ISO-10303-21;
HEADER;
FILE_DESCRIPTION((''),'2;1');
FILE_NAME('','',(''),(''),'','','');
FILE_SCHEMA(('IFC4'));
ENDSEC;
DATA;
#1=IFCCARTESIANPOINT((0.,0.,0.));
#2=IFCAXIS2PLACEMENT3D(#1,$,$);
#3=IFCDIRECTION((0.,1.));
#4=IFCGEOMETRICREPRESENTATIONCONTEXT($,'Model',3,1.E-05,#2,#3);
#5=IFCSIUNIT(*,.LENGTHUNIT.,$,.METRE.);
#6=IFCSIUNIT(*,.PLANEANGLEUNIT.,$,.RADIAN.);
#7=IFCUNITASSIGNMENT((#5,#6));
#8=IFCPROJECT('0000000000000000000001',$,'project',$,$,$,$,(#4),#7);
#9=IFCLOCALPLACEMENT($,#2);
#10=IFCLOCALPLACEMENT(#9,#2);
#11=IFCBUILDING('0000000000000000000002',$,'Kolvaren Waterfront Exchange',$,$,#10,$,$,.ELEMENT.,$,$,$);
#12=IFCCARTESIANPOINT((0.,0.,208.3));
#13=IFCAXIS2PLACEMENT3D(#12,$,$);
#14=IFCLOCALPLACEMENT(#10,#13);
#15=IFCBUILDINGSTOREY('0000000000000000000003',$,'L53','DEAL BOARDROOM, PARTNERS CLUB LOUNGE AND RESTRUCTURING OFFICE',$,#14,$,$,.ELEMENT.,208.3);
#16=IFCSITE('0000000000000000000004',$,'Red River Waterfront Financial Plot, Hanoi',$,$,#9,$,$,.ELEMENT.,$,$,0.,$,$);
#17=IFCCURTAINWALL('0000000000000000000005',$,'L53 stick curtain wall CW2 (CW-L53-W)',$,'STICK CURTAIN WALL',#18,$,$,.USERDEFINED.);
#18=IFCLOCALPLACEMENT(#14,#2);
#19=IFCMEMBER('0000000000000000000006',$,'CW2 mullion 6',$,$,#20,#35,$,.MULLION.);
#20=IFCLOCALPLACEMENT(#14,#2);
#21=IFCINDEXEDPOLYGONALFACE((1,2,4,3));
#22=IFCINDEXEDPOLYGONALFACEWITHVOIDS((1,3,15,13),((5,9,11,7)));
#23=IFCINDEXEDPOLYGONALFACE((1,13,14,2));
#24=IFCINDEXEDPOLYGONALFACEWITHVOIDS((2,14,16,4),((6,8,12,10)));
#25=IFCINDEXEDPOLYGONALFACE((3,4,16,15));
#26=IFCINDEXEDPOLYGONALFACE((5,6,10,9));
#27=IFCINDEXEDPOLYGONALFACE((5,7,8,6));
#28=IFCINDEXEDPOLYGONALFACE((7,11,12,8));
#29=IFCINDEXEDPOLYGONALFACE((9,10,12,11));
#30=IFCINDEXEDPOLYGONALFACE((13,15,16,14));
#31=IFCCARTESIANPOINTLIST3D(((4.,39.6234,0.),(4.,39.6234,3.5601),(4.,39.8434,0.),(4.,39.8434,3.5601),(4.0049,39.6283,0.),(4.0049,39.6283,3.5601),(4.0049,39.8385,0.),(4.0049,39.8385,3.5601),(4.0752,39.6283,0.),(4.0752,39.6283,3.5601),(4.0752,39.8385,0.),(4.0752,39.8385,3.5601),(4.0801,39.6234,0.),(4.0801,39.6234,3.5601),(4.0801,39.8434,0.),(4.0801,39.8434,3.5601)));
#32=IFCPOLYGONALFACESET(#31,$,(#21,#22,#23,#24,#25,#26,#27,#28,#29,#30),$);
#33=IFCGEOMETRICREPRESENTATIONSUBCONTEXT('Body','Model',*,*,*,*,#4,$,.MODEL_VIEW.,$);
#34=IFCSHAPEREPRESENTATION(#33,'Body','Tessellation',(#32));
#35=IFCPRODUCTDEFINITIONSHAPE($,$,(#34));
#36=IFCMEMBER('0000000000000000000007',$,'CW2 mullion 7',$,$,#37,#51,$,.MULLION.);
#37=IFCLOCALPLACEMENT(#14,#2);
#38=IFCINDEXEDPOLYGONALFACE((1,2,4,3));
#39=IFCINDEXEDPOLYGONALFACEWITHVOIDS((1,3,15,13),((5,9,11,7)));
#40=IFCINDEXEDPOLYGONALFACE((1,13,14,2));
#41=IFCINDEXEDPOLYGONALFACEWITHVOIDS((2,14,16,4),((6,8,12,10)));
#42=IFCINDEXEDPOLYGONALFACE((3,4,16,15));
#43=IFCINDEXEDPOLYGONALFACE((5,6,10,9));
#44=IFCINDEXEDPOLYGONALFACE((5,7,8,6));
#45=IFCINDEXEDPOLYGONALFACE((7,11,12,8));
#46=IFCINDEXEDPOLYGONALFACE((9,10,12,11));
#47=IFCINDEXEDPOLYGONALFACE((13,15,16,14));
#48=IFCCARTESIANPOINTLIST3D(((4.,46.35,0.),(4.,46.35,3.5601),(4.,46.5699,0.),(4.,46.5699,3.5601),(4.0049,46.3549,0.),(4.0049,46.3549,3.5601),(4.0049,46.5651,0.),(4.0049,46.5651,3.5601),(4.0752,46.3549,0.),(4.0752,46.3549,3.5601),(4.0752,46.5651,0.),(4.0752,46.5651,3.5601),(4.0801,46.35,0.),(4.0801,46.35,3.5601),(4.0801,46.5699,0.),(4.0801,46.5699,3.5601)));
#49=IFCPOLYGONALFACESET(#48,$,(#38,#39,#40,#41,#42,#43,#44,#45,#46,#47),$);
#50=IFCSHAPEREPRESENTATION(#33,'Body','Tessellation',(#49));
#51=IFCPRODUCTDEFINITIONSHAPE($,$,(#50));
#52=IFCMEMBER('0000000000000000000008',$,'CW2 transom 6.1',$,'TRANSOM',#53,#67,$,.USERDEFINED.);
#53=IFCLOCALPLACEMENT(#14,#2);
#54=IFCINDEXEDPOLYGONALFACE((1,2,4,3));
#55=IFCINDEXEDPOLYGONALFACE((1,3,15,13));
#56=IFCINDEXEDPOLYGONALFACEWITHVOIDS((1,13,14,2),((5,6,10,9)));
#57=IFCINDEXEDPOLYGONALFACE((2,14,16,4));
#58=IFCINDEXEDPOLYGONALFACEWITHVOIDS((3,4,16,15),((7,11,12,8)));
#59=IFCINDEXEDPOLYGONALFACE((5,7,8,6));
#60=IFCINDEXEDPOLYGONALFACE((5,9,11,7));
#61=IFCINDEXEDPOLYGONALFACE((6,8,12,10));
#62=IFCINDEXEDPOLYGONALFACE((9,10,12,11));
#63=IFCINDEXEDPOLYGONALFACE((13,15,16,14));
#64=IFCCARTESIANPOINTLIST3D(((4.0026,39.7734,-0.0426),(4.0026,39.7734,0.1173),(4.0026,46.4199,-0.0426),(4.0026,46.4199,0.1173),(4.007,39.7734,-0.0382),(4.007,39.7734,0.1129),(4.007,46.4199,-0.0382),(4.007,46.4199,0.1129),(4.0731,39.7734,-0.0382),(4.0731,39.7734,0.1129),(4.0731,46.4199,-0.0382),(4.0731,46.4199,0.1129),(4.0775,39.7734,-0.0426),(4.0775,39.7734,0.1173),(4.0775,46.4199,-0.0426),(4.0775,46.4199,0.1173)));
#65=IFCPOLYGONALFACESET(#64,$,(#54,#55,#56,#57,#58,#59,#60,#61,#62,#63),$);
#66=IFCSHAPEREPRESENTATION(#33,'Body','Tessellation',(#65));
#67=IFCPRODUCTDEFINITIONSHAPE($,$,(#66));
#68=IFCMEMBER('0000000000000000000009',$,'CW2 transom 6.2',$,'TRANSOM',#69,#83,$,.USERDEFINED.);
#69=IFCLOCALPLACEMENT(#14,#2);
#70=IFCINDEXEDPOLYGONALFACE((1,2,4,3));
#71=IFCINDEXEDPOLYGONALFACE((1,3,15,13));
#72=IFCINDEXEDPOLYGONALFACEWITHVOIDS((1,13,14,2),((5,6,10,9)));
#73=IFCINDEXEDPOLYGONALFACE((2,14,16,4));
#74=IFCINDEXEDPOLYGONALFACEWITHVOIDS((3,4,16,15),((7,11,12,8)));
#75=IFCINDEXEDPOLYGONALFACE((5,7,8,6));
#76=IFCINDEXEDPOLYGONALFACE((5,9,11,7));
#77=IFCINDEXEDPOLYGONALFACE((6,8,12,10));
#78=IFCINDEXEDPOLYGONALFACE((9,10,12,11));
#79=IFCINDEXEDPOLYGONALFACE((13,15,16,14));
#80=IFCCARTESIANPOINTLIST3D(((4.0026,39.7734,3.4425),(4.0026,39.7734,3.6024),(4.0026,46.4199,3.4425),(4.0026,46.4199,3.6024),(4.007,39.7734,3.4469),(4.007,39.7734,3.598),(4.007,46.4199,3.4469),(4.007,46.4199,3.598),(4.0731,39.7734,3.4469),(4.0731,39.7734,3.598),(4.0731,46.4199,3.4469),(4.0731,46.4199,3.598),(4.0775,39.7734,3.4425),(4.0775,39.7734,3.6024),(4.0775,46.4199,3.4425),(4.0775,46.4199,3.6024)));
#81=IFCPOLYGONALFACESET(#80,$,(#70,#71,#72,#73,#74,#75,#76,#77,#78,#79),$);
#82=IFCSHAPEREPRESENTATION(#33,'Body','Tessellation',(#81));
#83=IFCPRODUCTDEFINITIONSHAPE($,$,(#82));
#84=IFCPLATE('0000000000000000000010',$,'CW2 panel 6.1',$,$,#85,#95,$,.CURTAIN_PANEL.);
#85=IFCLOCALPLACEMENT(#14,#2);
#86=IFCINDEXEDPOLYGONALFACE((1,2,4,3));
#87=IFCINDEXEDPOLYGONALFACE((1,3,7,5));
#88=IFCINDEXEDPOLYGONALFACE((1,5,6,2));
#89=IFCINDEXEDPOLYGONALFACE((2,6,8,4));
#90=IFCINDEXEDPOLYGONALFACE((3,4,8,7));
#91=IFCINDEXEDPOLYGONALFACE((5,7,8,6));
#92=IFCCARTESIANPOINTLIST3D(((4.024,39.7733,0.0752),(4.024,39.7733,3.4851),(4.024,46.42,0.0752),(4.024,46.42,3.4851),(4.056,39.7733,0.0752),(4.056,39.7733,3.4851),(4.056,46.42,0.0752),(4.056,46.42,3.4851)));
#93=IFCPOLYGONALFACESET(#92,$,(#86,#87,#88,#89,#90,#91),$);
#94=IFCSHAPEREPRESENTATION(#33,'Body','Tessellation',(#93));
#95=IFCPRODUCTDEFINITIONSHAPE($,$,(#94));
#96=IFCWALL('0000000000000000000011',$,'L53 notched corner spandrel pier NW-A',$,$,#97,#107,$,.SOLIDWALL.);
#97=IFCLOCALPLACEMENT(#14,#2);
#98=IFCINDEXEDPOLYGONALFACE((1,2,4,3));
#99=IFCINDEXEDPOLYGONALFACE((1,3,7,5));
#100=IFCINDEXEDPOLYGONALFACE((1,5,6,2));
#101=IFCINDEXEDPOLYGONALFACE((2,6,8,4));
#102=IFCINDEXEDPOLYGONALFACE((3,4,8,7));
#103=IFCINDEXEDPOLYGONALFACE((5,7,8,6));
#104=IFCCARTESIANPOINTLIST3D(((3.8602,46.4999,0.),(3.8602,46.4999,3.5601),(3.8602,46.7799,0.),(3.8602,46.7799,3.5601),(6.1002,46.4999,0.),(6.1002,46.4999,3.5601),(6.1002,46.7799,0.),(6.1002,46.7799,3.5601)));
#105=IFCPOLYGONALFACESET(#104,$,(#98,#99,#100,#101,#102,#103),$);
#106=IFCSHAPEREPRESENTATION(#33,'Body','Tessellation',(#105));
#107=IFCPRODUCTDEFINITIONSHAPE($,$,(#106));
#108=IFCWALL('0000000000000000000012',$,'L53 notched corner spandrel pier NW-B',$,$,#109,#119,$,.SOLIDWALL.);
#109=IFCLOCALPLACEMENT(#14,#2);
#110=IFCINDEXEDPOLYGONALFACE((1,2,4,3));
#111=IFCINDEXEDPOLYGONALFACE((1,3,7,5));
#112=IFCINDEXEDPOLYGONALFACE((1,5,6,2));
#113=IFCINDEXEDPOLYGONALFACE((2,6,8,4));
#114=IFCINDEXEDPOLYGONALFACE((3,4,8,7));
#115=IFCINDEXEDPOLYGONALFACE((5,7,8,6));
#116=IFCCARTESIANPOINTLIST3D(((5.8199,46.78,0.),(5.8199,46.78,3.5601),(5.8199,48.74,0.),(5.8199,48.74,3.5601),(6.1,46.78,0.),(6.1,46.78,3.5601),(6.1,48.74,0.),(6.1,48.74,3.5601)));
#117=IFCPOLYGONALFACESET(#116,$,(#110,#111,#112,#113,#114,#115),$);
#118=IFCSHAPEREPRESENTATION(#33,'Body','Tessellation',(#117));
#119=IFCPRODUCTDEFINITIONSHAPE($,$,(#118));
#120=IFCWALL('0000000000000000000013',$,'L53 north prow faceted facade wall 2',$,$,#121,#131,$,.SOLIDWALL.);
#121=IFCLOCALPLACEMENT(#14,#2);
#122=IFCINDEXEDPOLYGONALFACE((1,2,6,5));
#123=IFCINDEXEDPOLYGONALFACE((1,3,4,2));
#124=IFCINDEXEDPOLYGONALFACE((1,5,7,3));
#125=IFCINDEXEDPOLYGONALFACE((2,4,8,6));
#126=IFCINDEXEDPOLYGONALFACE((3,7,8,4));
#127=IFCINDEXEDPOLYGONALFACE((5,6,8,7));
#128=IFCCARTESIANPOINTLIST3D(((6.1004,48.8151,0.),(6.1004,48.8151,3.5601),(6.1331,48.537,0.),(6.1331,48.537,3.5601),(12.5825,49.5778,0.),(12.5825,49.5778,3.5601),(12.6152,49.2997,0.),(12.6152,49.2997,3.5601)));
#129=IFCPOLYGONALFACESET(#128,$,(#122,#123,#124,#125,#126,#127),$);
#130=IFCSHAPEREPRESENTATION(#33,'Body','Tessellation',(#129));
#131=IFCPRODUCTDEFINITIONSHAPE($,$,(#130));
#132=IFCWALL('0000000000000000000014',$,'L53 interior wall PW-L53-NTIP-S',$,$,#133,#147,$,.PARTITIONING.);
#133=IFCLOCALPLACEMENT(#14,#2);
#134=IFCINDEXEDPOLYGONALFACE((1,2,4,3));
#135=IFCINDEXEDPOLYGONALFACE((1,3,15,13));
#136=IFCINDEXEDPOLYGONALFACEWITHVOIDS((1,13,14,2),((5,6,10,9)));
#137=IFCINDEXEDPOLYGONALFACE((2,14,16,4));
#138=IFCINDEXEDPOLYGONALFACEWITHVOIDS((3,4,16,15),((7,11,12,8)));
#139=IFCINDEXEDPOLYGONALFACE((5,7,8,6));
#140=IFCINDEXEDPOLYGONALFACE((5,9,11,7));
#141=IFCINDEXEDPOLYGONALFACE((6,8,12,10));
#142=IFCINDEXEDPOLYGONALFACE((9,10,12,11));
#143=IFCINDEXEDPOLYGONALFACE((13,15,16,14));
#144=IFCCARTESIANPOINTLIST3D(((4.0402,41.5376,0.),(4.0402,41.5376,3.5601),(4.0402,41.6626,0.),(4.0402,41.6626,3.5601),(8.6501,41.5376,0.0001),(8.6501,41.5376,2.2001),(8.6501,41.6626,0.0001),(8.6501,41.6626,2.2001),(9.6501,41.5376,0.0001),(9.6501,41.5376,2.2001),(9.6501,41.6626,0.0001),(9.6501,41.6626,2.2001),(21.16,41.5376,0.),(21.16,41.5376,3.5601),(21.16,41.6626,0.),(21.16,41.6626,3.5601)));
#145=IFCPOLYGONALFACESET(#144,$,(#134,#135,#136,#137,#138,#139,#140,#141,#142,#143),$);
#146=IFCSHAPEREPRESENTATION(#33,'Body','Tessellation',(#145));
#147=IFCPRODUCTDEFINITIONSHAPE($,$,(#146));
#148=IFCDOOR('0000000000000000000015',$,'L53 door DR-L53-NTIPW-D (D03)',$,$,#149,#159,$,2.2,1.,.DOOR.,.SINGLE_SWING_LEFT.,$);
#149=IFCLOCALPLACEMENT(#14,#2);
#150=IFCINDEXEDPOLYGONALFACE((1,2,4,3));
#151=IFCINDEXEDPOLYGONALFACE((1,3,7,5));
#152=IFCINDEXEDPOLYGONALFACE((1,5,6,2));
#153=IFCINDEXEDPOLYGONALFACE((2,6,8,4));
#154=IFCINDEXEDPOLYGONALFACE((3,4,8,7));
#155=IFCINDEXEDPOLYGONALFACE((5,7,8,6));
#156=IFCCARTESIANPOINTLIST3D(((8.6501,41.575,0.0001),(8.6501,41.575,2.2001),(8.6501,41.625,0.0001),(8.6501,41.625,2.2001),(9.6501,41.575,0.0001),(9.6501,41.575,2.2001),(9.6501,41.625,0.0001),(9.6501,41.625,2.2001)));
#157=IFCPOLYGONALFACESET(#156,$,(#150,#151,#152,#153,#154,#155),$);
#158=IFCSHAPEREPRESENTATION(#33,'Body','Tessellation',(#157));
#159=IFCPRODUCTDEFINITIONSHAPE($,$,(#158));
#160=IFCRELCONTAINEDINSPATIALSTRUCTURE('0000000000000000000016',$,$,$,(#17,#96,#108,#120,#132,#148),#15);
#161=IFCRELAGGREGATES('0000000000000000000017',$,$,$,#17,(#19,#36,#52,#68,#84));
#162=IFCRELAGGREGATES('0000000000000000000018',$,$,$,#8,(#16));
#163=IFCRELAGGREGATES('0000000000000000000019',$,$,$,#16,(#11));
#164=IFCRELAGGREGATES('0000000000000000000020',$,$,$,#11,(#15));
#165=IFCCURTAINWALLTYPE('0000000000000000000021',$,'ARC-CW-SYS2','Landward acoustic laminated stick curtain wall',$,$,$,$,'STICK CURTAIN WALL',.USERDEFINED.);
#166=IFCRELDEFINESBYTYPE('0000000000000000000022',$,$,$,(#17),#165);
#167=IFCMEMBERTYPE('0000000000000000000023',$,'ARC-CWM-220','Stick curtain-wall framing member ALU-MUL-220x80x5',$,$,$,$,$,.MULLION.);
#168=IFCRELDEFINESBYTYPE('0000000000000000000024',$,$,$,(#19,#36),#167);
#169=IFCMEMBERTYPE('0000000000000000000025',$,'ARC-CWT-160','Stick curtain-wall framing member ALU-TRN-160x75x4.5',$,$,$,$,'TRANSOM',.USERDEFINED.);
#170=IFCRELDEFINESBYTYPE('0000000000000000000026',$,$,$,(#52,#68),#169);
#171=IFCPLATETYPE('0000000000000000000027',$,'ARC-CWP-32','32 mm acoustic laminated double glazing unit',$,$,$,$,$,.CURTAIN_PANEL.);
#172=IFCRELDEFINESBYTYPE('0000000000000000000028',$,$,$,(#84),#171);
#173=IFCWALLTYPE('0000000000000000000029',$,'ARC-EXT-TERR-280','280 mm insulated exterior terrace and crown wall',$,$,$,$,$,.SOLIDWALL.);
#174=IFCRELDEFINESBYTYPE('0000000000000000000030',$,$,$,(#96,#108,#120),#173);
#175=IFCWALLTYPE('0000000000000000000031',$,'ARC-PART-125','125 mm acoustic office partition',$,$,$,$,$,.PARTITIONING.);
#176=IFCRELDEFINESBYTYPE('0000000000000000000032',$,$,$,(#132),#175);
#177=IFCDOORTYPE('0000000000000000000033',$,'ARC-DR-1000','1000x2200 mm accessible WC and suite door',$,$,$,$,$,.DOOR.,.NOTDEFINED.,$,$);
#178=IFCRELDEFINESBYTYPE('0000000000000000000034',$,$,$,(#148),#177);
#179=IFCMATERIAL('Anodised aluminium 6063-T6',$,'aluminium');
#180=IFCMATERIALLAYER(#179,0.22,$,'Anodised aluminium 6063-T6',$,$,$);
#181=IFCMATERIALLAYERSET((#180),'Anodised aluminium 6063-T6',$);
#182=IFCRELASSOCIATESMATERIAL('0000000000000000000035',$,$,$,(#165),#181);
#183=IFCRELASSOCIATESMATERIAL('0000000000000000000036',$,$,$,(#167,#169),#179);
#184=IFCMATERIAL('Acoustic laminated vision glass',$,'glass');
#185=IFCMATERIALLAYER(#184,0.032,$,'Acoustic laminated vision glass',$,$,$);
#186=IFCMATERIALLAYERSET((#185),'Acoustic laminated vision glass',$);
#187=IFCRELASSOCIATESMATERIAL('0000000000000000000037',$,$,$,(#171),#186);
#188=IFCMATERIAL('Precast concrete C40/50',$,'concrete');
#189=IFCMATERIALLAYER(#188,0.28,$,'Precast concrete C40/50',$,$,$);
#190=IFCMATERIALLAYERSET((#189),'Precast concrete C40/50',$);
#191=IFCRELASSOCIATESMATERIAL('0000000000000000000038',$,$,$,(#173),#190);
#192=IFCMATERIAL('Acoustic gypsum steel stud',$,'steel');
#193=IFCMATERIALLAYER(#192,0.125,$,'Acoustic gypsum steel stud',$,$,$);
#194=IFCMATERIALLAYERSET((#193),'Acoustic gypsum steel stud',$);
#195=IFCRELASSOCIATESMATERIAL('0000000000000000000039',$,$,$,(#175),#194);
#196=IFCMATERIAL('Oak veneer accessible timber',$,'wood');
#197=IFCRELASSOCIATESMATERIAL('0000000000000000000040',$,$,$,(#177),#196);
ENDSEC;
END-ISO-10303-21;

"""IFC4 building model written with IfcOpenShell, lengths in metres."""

from ifc_helpers import new_model, si_unit, direction, frame, frame_2d, origin, origin_with_axes, origin_2d, place, context, subcontext, project, spatial, rectangle, hollow_rectangle, extrude, source, transform, mapped, material, layer, layer_set, material_profile, profile_set, type_object, element, fill, aggregate, save


model = new_model("IFC4")

# Units and contexts
model_context = context("Model", 3, precision=1e-05, world=origin(), true_north=direction((0.0, 1.0)))
body_context = subcontext(model_context, "Body", "Model", "MODEL_VIEW")
ifc_project = project(units=[si_unit("LENGTHUNIT", "METRE"), si_unit("PLANEANGLEUNIT", "RADIAN")], contexts=[model_context])

# Site, building, storey
site_placement = place(None, origin())
site = spatial("IfcSite", under=ifc_project, at=site_placement, Name="Red River Waterfront Financial Plot, Hanoi", CompositionType="ELEMENT", RefElevation=0.0)
building_placement = place(site_placement, origin())
building = spatial("IfcBuilding", under=site, at=building_placement, Name="Kolvaren Waterfront Exchange", CompositionType="ELEMENT")
storey_placement = place(building_placement, frame((0.0, 0.0, 208.3)))
storey = spatial("IfcBuildingStorey", under=building, at=storey_placement, Name="L53", Description="DEAL BOARDROOM, PARTNERS CLUB LOUNGE AND RESTRUCTURING OFFICE", CompositionType="ELEMENT", Elevation=208.3)

# Curtain wall, members, plate
ifc_material_1 = material(Name="Anodised aluminium 6063-T6", Category="aluminium")
ifc_layer_1 = layer(ifc_material_1, 0.22, Name="Anodised aluminium 6063-T6")
ifc_layer_set_1 = layer_set([ifc_layer_1], Name="Anodised aluminium 6063-T6")
curtain_wall_type = type_object("IfcCurtainWallType", Name="ARC-CW-SYS2", Description="Landward acoustic laminated stick curtain wall", ElementType="STICK CURTAIN WALL", PredefinedType="USERDEFINED", material=ifc_layer_set_1)
curtain_wall_placement = place(storey_placement, origin())
curtain_wall = element("IfcCurtainWall", 1, at=curtain_wall_placement, inside=storey, type_object=curtain_wall_type, Name="L53 stick curtain wall CW2 (CW-L53-W)", ObjectType="STICK CURTAIN WALL", PredefinedType="USERDEFINED")
ifc_material_profile_1 = material_profile(ifc_material_1, hollow_rectangle(XDim=0.0801, YDim=0.22, WallThickness=0.0049, at=origin_2d()), Name="ALU-MUL-220x80x5")
ifc_profile_set_1 = profile_set([ifc_material_profile_1], Name="Anodised aluminium 6063-T6")
member_type_1 = type_object("IfcMemberType", Name="ARC-CWM-220", Description="Stick curtain-wall framing member ALU-MUL-220x80x5", PredefinedType="MULLION", material=ifc_profile_set_1)
shared_shape_1 = source(origin_with_axes(), body_context, "Body", "SweptSolid", [
    extrude(hollow_rectangle(XDim=0.0801, YDim=0.22, WallThickness=0.0049, at=origin_2d()), origin(), (0.0, 0.0, 1.0), 3.5601),
])
member_1_placement = place(storey_placement, frame((4.04, 39.7334, 0.0), z_axis=(0.0, 0.0, 1.0), x_axis=(-1.0, 0.0, 0.0)))
member_1 = element("IfcMember", 2, at=member_1_placement, type_object=member_type_1, Name="CW2 mullion 6", PredefinedType="MULLION", context=body_context, shape_type="MappedRepresentation", body=[
    mapped(shared_shape_1, transform((0.0, 0.0, 0.0), x_axis=(1.0, 0.0, 0.0), y_axis=(0.0, 1.0, 0.0), z_axis=(0.0, 0.0, 1.0), scale=1.0)),
])
member_2_placement = place(storey_placement, frame((4.04, 46.46, 0.0), z_axis=(0.0, 0.0, 1.0), x_axis=(-1.0, 0.0, 0.0)))
member_2 = element("IfcMember", 3, at=member_2_placement, type_object=member_type_1, Name="CW2 mullion 7", PredefinedType="MULLION", context=body_context, shape_type="MappedRepresentation", body=[
    mapped(shared_shape_1, transform((0.0, 0.0, 0.0), x_axis=(1.0, 0.0, 0.0), y_axis=(0.0, 1.0, 0.0), z_axis=(0.0, 0.0, 1.0), scale=1.0)),
])
ifc_material_profile_2 = material_profile(ifc_material_1, hollow_rectangle(XDim=0.075, YDim=0.1599, WallThickness=0.0044, at=origin_2d()), Name="ALU-TRN-160x75x4.5")
ifc_profile_set_2 = profile_set([ifc_material_profile_2], Name="Anodised aluminium 6063-T6")
member_type_2 = type_object("IfcMemberType", Name="ARC-CWT-160", Description="Stick curtain-wall framing member ALU-TRN-160x75x4.5", ElementType="TRANSOM", PredefinedType="USERDEFINED", material=ifc_profile_set_2)
shared_shape_2 = source(origin_with_axes(), body_context, "Body", "SweptSolid", [
    extrude(hollow_rectangle(XDim=0.075, YDim=0.1599, WallThickness=0.0044, at=origin_2d()), origin(), (0.0, 0.0, 1.0), 6.6465),
])
member_3_placement = place(storey_placement, frame((4.04, 39.7734, 0.0374), z_axis=(0.0, 1.0, 0.0), x_axis=(-1.0, 0.0, 0.0)))
member_3 = element("IfcMember", 4, at=member_3_placement, type_object=member_type_2, Name="CW2 transom 6.1", ObjectType="TRANSOM", PredefinedType="USERDEFINED", context=body_context, shape_type="MappedRepresentation", body=[
    mapped(shared_shape_2, transform((0.0, 0.0, 0.0), x_axis=(1.0, 0.0, 0.0), y_axis=(0.0, 1.0, 0.0), z_axis=(0.0, 0.0, 1.0), scale=1.0)),
])
member_4_placement = place(storey_placement, frame((4.04, 39.7734, 3.5225), z_axis=(0.0, 1.0, 0.0), x_axis=(-1.0, 0.0, 0.0)))
member_4 = element("IfcMember", 5, at=member_4_placement, type_object=member_type_2, Name="CW2 transom 6.2", ObjectType="TRANSOM", PredefinedType="USERDEFINED", context=body_context, shape_type="MappedRepresentation", body=[
    mapped(shared_shape_2, transform((0.0, 0.0, 0.0), x_axis=(1.0, 0.0, 0.0), y_axis=(0.0, 1.0, 0.0), z_axis=(0.0, 0.0, 1.0), scale=1.0)),
])
ifc_material_2 = material(Name="Acoustic laminated vision glass", Category="glass")
ifc_layer_2 = layer(ifc_material_2, 0.032, Name="Acoustic laminated vision glass")
ifc_layer_set_2 = layer_set([ifc_layer_2], Name="Acoustic laminated vision glass")
plate_type = type_object("IfcPlateType", Name="ARC-CWP-32", Description="32 mm acoustic laminated double glazing unit", PredefinedType="CURTAIN_PANEL", material=ifc_layer_set_2)
shared_shape_3 = source(origin_with_axes(), body_context, "Body", "SweptSolid", [
    extrude(rectangle(XDim=6.6467, YDim=0.032, at=origin_2d()), origin(), (0.0, 0.0, 1.0), 3.4099),
])
plate_placement = place(storey_placement, frame((4.04, 43.0967, 0.0752), z_axis=(0.0, 0.0, 1.0), x_axis=(0.0, 1.0, 0.0)))
plate = element("IfcPlate", 6, at=plate_placement, type_object=plate_type, Name="CW2 panel 6.1", PredefinedType="CURTAIN_PANEL", context=body_context, shape_type="MappedRepresentation", body=[
    mapped(shared_shape_3, transform((0.0, 0.0, 0.0), x_axis=(1.0, 0.0, 0.0), y_axis=(0.0, 1.0, 0.0), z_axis=(0.0, 0.0, 1.0), scale=1.0)),
])
aggregate(curtain_wall, [member_1, member_2, member_3, member_4, plate])

# Walls
ifc_material_3 = material(Name="Precast concrete C40/50", Category="concrete")
ifc_layer_3 = layer(ifc_material_3, 0.28, Name="Precast concrete C40/50")
ifc_layer_set_3 = layer_set([ifc_layer_3], Name="Precast concrete C40/50")
wall_type_1 = type_object("IfcWallType", Name="ARC-EXT-TERR-280", Description="280 mm insulated exterior terrace and crown wall", PredefinedType="SOLIDWALL", material=ifc_layer_set_3)
wall_1_placement = place(storey_placement, frame((3.8601, 46.6399, 0.0), z_axis=(0.0, 0.0, 1.0), x_axis=(1.0, 0.0, 0.0)))
element("IfcWall", 7, at=wall_1_placement, inside=storey, type_object=wall_type_1, Name="L53 notched corner spandrel pier NW-A", PredefinedType="SOLIDWALL", context=body_context, shape_type="SweptSolid", body=[
    extrude(rectangle(XDim=2.24, YDim=0.28, at=frame_2d((1.1201, 0.0))), origin(), (0.0, 0.0, 1.0), 3.5601),
])
wall_2_placement = place(storey_placement, frame((5.96, 46.78, 0.0), z_axis=(0.0, 0.0, 1.0), x_axis=(0.0, 1.0, 0.0)))
element("IfcWall", 8, at=wall_2_placement, inside=storey, type_object=wall_type_1, Name="L53 notched corner spandrel pier NW-B", PredefinedType="SOLIDWALL", context=body_context, shape_type="SweptSolid", body=[
    extrude(rectangle(XDim=1.96, YDim=0.28, at=frame_2d((0.98, 0.0))), origin(), (0.0, 0.0, 1.0), 3.5601),
])
wall_3_placement = place(storey_placement, frame((12.5989, 49.4387, 0.0), z_axis=(0.0, 0.0, 1.0), x_axis=(-0.993149, -0.116854, 0.0)))
element("IfcWall", 9, at=wall_3_placement, inside=storey, type_object=wall_type_1, Name="L53 north prow faceted facade wall 2", PredefinedType="SOLIDWALL", context=body_context, shape_type="SweptSolid", body=[
    extrude(rectangle(XDim=6.5269, YDim=0.28, at=frame_2d((3.2634, 0.0))), origin(), (0.0, 0.0, 1.0), 3.5601),
])

# Wall, opening, door
ifc_material_4 = material(Name="Acoustic gypsum steel stud", Category="steel")
ifc_layer_4 = layer(ifc_material_4, 0.125, Name="Acoustic gypsum steel stud")
ifc_layer_set_4 = layer_set([ifc_layer_4], Name="Acoustic gypsum steel stud")
wall_type_2 = type_object("IfcWallType", Name="ARC-PART-125", Description="125 mm acoustic office partition", PredefinedType="PARTITIONING", material=ifc_layer_set_4)
wall_4_placement = place(storey_placement, frame((4.04, 41.6001, 0.0), z_axis=(0.0, 0.0, 1.0), x_axis=(1.0, 0.0, 0.0)))
wall_4 = element("IfcWall", 10, at=wall_4_placement, inside=storey, type_object=wall_type_2, Name="L53 interior wall PW-L53-NTIP-S", PredefinedType="PARTITIONING", context=body_context, shape_type="SweptSolid", body=[
    extrude(rectangle(XDim=17.1199, YDim=0.125, at=frame_2d((8.5601, 0.0))), origin(), (0.0, 0.0, 1.0), 3.5601),
])
opening_1_placement = place(wall_4_placement, frame((4.6101, 0.0, 0.0)))
opening_1 = element("IfcOpeningElement", 11, at=opening_1_placement, cuts=wall_4, PredefinedType="OPENING", context=body_context, shape_type="SweptSolid", body=[
    extrude(rectangle(XDim=1.0, YDim=2.2, at=frame_2d((0.5, 1.1001))), frame((0.0, 0.0725, 0.0), z_axis=(0.0, -1.0, 0.0), x_axis=(1.0, 0.0, 0.0)), (0.0, 0.0, 1.0), 0.145),
])
ifc_material_5 = material(Name="Oak veneer accessible timber", Category="wood")
door_type_1 = type_object("IfcDoorType", Name="ARC-DR-1000", Description="1000x2200 mm accessible WC and suite door", OperationType="NOTDEFINED", PredefinedType="DOOR", material=ifc_material_5)
door_1_placement = place(opening_1_placement, origin())
door_1 = element("IfcDoor", 12, at=door_1_placement, inside=storey, type_object=door_type_1, Name="L53 door DR-L53-NTIPW-D (D03)", OperationType="SINGLE_SWING_LEFT", OverallHeight=2.2, OverallWidth=1.0, PredefinedType="DOOR", context=body_context, shape_type="SweptSolid", body=[
    extrude(rectangle(XDim=1.0, YDim=2.2, at=frame_2d((0.5, 1.1001))), frame((0.0, 0.0249, 0.0), z_axis=(0.0, -1.0, 0.0), x_axis=(1.0, 0.0, 0.0)), (0.0, 0.0, 1.0), 0.05),
])
fill(opening_1, door_1)

save(model, "model.ifc")
